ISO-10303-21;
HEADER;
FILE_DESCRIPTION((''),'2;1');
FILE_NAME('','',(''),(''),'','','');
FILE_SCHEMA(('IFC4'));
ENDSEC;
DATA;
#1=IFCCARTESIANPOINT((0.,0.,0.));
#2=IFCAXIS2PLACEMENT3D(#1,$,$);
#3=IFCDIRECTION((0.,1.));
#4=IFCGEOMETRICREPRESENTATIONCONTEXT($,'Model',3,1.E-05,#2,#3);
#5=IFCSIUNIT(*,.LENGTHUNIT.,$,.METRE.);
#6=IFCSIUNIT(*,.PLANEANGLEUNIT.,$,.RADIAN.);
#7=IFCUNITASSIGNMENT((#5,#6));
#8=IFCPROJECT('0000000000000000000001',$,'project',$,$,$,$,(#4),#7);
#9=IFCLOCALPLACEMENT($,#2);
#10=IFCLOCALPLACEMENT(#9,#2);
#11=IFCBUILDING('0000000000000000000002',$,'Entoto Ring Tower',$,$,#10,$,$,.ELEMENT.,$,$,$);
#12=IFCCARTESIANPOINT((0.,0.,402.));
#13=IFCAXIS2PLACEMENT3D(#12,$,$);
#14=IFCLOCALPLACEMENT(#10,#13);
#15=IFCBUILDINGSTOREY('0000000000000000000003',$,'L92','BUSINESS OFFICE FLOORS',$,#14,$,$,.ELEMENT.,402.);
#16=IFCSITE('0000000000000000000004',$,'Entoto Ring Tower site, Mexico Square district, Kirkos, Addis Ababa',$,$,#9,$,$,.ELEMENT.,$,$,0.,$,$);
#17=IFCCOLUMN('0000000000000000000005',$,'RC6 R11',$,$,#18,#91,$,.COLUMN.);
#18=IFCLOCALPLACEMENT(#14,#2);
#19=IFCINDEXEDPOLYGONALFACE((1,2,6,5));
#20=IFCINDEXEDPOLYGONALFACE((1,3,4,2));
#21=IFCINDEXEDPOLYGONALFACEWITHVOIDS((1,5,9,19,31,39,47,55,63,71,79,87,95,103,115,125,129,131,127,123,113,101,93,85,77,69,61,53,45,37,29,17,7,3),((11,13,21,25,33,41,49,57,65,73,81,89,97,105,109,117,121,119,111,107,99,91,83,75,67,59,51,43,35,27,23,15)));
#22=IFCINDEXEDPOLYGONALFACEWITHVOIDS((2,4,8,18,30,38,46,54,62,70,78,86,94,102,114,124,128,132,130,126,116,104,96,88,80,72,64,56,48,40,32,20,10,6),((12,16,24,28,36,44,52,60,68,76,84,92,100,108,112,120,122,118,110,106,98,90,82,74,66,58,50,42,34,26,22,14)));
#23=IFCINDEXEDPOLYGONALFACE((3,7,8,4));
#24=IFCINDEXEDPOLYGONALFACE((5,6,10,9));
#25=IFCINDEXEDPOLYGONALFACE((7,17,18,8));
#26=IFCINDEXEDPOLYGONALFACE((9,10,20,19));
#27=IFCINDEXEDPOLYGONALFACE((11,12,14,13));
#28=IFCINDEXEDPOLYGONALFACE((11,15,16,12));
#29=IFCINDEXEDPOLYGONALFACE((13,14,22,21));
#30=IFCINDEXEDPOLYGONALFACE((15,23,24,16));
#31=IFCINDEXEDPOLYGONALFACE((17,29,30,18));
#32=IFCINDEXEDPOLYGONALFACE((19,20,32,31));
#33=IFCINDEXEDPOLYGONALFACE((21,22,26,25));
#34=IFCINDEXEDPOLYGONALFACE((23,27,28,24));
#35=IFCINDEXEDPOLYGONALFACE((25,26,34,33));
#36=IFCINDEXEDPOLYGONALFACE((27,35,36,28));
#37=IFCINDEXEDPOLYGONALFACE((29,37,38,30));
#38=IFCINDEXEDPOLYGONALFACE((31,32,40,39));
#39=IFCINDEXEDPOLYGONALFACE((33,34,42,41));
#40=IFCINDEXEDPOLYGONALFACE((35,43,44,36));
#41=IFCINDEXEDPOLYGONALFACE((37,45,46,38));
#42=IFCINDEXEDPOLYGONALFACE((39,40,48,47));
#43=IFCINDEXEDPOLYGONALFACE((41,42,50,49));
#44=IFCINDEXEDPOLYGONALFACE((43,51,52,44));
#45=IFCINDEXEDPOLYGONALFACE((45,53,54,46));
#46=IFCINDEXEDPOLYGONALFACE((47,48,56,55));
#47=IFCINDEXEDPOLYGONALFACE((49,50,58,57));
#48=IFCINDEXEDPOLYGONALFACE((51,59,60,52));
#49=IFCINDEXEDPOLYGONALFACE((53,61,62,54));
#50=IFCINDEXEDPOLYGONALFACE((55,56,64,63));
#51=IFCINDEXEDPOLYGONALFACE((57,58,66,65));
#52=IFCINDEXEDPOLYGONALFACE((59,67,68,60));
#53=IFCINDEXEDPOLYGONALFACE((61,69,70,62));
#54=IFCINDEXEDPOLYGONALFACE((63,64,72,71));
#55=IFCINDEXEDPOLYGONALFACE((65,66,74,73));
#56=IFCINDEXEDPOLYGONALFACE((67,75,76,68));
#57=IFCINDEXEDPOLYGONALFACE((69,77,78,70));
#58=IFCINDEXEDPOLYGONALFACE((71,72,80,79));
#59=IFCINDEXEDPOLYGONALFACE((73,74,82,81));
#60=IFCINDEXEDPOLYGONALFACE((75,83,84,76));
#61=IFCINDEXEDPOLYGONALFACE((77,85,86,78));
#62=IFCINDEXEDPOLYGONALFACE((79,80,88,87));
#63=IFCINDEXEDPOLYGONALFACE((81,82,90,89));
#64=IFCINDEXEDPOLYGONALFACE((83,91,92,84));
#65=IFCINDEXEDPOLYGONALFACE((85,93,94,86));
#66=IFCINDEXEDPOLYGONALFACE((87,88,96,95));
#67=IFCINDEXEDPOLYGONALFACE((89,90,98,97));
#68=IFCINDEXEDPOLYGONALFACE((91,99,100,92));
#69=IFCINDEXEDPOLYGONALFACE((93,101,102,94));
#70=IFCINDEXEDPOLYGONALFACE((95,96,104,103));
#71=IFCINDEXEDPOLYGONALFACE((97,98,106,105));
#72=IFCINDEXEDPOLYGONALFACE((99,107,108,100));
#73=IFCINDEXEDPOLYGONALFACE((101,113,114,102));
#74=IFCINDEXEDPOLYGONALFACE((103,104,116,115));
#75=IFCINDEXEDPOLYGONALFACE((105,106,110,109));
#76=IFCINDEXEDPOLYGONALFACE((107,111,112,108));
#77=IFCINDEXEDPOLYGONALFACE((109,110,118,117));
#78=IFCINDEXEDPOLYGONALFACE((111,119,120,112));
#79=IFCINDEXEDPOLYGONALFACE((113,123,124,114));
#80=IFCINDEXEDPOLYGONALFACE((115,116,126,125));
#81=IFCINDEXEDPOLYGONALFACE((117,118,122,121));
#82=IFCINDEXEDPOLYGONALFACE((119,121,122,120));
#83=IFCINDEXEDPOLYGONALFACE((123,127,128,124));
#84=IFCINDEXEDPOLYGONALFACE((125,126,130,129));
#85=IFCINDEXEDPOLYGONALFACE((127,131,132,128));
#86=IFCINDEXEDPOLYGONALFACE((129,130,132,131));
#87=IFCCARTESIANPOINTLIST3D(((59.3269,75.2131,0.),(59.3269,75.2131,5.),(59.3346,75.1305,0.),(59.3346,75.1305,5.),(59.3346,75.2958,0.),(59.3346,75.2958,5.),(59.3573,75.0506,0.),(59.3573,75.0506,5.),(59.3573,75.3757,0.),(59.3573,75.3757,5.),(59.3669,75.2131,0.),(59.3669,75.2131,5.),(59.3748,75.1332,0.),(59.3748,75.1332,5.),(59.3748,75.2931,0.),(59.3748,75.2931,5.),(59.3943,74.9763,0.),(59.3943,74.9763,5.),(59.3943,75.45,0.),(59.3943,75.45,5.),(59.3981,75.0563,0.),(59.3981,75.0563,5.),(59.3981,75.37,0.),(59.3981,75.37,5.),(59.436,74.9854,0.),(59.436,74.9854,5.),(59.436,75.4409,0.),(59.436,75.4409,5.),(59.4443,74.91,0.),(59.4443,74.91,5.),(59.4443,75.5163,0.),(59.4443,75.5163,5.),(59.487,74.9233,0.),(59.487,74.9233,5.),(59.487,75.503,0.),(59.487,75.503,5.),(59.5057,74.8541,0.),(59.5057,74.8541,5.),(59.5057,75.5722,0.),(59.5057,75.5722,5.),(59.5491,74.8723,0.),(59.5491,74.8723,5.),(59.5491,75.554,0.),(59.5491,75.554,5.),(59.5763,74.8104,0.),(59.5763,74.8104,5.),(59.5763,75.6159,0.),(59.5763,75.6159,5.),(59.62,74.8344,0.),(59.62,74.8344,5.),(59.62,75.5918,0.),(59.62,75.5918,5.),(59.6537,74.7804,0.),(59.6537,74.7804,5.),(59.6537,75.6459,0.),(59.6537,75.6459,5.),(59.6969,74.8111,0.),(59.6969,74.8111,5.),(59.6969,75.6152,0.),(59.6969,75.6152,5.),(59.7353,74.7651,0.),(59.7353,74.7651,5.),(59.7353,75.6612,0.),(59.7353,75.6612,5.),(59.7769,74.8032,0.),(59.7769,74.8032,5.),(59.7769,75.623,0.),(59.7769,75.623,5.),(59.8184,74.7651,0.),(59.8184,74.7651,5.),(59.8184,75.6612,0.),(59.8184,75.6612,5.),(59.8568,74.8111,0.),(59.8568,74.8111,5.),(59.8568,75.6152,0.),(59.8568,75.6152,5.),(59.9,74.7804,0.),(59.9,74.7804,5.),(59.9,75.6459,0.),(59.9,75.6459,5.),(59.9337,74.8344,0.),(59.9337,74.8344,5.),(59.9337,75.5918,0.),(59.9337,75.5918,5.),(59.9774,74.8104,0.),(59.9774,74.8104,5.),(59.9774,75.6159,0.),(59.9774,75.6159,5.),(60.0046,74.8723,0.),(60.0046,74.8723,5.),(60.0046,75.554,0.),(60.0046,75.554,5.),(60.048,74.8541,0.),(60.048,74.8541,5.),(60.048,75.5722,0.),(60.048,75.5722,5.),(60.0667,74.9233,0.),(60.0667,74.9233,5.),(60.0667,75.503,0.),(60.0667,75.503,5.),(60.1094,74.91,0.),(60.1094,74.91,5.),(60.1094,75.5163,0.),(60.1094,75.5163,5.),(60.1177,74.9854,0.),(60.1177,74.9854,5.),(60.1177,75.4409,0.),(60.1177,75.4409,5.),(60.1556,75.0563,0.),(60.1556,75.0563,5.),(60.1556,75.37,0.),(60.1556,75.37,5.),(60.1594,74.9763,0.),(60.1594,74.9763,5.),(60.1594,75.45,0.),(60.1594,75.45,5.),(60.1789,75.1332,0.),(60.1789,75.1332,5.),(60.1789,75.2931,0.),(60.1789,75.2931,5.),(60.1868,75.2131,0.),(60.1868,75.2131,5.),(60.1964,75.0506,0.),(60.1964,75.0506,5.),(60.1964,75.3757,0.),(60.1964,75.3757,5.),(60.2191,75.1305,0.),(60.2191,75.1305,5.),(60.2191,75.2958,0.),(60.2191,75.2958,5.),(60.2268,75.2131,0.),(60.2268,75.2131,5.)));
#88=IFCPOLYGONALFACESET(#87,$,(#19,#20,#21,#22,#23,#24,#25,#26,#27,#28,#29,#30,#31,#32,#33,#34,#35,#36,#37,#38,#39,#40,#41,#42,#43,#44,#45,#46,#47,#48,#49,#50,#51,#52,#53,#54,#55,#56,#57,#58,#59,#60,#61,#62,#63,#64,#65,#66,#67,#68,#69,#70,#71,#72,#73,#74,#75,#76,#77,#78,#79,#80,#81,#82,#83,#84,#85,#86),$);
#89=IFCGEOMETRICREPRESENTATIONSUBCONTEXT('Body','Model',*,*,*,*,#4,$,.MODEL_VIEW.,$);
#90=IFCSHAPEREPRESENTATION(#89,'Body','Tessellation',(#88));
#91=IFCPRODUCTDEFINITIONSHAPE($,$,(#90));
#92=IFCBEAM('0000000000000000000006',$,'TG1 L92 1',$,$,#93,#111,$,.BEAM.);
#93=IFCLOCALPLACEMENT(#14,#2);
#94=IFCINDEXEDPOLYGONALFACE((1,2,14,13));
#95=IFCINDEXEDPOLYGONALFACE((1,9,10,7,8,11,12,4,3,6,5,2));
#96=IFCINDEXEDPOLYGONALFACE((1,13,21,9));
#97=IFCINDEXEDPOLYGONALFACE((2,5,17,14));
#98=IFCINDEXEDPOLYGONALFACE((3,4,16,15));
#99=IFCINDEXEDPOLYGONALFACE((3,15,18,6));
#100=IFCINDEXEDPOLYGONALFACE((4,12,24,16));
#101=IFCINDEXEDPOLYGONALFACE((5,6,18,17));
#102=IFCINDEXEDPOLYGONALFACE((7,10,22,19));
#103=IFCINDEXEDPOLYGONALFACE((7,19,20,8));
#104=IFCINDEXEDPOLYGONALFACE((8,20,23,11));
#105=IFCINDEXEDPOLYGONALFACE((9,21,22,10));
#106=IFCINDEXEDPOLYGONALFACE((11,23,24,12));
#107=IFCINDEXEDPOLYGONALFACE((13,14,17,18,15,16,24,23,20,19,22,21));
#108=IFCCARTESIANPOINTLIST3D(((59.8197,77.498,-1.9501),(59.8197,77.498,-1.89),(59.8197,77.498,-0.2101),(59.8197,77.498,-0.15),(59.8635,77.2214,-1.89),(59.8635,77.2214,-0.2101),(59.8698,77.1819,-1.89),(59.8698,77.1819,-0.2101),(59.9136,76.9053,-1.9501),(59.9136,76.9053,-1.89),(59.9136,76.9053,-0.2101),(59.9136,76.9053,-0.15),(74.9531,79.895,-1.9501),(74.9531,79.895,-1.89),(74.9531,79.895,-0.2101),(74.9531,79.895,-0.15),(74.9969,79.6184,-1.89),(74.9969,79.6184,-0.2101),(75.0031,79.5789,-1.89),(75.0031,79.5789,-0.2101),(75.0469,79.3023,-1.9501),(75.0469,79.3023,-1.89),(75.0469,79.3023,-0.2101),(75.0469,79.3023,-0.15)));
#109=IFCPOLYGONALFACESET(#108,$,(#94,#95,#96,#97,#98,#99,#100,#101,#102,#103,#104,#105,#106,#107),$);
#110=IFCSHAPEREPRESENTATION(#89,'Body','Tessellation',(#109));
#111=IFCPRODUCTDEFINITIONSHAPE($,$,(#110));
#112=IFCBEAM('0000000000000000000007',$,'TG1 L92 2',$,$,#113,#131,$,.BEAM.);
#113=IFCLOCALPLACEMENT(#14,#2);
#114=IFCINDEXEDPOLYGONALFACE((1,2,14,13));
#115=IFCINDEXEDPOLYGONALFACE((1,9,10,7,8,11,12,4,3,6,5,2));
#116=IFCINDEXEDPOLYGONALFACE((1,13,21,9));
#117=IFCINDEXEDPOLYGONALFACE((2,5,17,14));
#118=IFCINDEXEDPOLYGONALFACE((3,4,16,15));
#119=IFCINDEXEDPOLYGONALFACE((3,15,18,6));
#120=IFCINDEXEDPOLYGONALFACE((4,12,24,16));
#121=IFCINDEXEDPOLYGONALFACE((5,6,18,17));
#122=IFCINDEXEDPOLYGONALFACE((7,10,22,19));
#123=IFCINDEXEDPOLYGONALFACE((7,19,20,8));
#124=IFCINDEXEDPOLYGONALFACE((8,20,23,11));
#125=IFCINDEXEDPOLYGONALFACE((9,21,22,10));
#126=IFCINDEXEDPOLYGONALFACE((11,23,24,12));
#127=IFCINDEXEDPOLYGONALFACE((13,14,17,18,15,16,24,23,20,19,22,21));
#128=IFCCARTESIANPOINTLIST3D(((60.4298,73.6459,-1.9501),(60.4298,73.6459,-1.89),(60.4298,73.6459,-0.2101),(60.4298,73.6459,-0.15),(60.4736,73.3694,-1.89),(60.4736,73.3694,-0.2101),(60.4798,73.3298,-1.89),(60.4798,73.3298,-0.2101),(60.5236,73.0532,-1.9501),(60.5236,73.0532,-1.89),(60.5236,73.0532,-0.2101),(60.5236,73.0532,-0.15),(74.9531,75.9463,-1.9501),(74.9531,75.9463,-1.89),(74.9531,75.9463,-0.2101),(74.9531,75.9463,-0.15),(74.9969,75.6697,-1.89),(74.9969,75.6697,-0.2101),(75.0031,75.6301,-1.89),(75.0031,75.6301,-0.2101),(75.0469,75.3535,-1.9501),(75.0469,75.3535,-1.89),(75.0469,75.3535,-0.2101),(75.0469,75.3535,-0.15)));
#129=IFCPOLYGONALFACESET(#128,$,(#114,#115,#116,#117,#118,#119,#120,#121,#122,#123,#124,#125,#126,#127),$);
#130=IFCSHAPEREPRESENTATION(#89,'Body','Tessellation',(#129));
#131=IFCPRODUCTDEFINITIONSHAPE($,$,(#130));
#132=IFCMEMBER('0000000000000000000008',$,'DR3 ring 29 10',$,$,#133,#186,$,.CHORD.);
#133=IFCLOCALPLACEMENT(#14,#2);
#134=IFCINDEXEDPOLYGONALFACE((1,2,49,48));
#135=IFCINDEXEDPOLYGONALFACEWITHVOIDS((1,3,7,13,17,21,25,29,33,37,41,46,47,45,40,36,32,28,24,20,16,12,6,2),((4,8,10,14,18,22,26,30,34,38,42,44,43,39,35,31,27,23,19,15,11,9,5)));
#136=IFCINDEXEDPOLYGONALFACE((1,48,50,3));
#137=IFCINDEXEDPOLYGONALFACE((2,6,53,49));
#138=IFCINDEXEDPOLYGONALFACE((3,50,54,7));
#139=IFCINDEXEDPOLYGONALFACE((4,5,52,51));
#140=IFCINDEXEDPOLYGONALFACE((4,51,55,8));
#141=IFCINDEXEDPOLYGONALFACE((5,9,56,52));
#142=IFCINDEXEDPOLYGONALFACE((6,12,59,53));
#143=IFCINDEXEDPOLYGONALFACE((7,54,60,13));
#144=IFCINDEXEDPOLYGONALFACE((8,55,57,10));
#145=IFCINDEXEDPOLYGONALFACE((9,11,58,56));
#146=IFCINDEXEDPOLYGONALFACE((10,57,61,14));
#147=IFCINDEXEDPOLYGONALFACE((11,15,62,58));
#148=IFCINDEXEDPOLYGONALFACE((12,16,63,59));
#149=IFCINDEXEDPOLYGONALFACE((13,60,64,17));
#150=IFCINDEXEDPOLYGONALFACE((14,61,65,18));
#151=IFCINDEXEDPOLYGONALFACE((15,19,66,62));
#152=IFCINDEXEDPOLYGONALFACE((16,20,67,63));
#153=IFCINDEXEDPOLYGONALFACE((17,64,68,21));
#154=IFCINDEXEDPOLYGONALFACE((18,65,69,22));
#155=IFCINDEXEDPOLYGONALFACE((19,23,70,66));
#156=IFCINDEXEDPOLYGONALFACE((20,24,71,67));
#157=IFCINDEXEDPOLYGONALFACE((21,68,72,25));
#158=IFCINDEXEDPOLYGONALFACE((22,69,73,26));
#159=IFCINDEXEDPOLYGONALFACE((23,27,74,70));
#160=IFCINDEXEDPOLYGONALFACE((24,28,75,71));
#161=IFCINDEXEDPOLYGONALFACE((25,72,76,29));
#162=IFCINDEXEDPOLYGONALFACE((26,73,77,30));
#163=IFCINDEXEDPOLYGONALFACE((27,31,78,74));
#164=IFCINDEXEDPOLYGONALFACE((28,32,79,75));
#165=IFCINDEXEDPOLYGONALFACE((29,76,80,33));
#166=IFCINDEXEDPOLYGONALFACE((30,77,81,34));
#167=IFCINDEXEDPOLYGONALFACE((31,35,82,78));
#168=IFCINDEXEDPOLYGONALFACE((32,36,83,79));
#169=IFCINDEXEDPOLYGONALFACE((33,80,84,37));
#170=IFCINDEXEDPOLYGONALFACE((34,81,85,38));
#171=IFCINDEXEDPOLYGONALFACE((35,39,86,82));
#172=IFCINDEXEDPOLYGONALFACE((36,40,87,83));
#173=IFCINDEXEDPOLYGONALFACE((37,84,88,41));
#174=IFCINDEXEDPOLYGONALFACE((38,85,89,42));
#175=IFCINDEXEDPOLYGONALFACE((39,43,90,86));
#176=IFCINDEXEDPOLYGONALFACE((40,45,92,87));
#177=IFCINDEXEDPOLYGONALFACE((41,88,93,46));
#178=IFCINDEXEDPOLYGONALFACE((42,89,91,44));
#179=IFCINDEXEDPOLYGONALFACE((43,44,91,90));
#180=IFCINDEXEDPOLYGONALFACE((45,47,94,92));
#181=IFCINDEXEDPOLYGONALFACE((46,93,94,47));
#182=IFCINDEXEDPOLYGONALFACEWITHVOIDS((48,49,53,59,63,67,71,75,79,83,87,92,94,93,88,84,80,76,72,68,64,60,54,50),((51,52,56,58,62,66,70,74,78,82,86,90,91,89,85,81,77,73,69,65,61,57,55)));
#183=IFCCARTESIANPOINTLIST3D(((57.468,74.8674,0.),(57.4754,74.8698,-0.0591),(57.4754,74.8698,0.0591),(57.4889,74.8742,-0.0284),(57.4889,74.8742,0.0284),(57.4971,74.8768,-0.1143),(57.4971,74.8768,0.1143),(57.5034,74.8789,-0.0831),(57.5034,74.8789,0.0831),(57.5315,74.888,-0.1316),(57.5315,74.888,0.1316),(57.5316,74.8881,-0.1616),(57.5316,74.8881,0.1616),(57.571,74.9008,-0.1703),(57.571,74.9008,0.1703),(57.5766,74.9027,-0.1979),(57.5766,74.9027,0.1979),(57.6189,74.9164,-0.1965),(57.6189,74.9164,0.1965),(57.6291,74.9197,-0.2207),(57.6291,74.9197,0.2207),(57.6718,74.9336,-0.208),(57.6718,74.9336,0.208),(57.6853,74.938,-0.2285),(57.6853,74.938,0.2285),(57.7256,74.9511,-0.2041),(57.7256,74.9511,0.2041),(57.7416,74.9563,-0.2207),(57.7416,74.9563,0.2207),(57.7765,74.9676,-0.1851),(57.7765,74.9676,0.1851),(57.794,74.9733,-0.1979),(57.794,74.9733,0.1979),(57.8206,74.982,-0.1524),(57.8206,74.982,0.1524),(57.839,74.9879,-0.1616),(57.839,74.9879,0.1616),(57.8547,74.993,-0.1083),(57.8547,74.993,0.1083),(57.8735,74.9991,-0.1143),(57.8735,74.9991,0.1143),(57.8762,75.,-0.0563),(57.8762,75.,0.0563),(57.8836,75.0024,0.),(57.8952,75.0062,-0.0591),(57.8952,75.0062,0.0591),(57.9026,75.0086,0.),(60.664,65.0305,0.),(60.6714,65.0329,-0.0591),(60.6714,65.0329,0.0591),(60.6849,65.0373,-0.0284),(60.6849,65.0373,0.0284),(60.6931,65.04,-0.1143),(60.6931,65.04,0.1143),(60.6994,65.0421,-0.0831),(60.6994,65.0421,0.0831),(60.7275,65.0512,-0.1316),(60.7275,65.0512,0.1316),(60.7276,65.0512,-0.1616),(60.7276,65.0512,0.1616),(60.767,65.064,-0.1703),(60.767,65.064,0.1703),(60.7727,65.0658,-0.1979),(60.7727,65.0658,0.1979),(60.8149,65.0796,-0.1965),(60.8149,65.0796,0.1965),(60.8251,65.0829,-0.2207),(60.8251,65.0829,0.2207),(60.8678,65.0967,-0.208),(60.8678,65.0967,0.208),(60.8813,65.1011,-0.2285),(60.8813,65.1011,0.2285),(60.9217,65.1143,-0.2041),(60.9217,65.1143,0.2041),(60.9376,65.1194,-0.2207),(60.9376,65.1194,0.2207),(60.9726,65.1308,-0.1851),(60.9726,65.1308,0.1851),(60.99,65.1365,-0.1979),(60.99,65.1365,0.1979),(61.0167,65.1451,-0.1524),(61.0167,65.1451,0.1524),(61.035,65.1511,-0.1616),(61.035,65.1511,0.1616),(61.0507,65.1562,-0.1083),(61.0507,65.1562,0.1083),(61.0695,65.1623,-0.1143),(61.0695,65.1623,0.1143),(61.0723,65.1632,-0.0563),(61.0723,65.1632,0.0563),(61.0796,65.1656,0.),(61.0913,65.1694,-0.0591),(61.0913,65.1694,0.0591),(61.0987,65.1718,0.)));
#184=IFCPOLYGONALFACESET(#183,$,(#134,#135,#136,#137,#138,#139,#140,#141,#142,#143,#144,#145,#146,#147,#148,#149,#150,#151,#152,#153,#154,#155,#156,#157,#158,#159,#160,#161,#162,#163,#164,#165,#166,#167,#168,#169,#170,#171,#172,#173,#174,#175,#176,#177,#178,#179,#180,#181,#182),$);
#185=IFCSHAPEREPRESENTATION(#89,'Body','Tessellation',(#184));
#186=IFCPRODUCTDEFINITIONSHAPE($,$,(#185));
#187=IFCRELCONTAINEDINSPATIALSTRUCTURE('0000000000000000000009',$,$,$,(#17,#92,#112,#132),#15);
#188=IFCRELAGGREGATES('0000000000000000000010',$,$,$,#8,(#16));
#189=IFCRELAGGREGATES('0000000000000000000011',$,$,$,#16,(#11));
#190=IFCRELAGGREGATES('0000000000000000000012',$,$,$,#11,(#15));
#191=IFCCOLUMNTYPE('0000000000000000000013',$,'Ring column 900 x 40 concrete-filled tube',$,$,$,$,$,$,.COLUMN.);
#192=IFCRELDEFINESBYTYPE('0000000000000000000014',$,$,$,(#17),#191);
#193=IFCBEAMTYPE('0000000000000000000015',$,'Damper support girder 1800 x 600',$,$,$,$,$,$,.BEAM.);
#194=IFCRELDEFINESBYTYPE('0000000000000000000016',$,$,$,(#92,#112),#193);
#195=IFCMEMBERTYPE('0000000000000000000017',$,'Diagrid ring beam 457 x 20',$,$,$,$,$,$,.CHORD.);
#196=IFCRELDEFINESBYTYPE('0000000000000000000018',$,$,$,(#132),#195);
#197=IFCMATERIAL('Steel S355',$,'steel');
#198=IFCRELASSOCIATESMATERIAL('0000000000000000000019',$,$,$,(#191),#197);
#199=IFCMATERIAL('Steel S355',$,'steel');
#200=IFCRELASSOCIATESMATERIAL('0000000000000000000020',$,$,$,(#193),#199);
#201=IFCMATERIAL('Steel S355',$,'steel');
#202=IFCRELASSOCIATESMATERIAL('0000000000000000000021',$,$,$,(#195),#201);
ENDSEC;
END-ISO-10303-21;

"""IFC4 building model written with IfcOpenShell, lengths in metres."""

from ifc_helpers import new_model, si_unit, direction, frame, origin, origin_2d, place, context, subcontext, project, spatial, circle, hollow_circle, i_section, extrude, material, material_profile, profile_set, type_object, element, save


model = new_model("IFC4")

# Units and contexts
model_context = context("Model", 3, precision=1e-05, world=origin(), true_north=direction((0.0, 1.0)))
body_context = subcontext(model_context, "Body", "Model", "MODEL_VIEW")
ifc_project = project(units=[si_unit("LENGTHUNIT", "METRE"), si_unit("PLANEANGLEUNIT", "RADIAN")], contexts=[model_context])

# Site, building, storey
site_placement = place(None, origin())
site = spatial("IfcSite", under=ifc_project, at=site_placement, Name="Entoto Ring Tower site, Mexico Square district, Kirkos, Addis Ababa", CompositionType="ELEMENT", RefElevation=0.0)
building_placement = place(site_placement, origin())
building = spatial("IfcBuilding", under=site, at=building_placement, Name="Entoto Ring Tower", CompositionType="ELEMENT")
storey_placement = place(building_placement, frame((0.0, 0.0, 402.0)))
storey = spatial("IfcBuildingStorey", under=building, at=storey_placement, Name="L92", Description="BUSINESS OFFICE FLOORS", CompositionType="ELEMENT", Elevation=402.0)

# Column
ifc_material_1 = material(Name="Steel S355", Category="steel")
ifc_material_profile_1 = material_profile(ifc_material_1, hollow_circle(Radius=0.45, WallThickness=0.04, at=origin_2d()), Name="CHS 900 x 40")
ifc_material_2 = material(Name="Concrete C60/75", Category="concrete")
ifc_material_profile_2 = material_profile(ifc_material_2, circle(Radius=0.4099, at=origin_2d()), Name="Concrete C60/75 infill")
ifc_profile_set_1 = profile_set([ifc_material_profile_1, ifc_material_profile_2], Name="Steel S355")
column_type = type_object("IfcColumnType", Name="Ring column 900 x 40 concrete-filled tube", PredefinedType="COLUMN", material=ifc_profile_set_1)
column_placement = place(storey_placement, frame((59.7769, 75.2131, 0.0), z_axis=(0.0, 0.0, 1.0), x_axis=(1.0, 0.0, 0.0)))
element("IfcColumn", 1, at=column_placement, inside=storey, type_object=column_type, Name="RC6 R11", PredefinedType="COLUMN", context=body_context, shape_type="SweptSolid", body=[
    extrude(hollow_circle(Radius=0.45, WallThickness=0.04, at=origin_2d()), origin(), (0.0, 0.0, 1.0), 5.0),
])

# Beams
ifc_material_3 = material(Name="Steel S355", Category="steel")
ifc_material_profile_3 = material_profile(ifc_material_3, i_section(OverallWidth=0.6001, OverallDepth=1.8, WebThickness=0.04, FlangeThickness=0.0601, at=origin_2d()), Name="PG 1800 x 600")
ifc_profile_set_2 = profile_set([ifc_material_profile_3], Name="Steel S355")
beam_type_1 = type_object("IfcBeamType", Name="Damper support girder 1800 x 600", PredefinedType="BEAM", material=ifc_profile_set_2)
beam_1_placement = place(storey_placement, frame((75.0, 79.5986, -1.05), z_axis=(-0.987687, -0.15644, 0.0), x_axis=(0.15644, -0.987687, 0.0)))
element("IfcBeam", 2, at=beam_1_placement, inside=storey, type_object=beam_type_1, Name="TG1 L92 1", PredefinedType="BEAM", context=body_context, shape_type="SweptSolid", body=[
    extrude(i_section(OverallWidth=0.6001, OverallDepth=1.8, WebThickness=0.04, FlangeThickness=0.0601, at=origin_2d()), origin(), (0.0, 0.0, 1.0), 15.322),
])
beam_2_placement = place(storey_placement, frame((75.0, 75.6499, -1.05), z_axis=(-0.987688, -0.156437, 0.0), x_axis=(0.156437, -0.987688, 0.0)))
element("IfcBeam", 3, at=beam_2_placement, inside=storey, type_object=beam_type_1, Name="TG1 L92 2", PredefinedType="BEAM", context=body_context, shape_type="SweptSolid", body=[
    extrude(i_section(OverallWidth=0.6001, OverallDepth=1.8, WebThickness=0.04, FlangeThickness=0.0601, at=origin_2d()), origin(), (0.0, 0.0, 1.0), 14.7043),
])

# Member
ifc_material_4 = material(Name="Steel S355", Category="steel")
ifc_material_profile_4 = material_profile(ifc_material_4, hollow_circle(Radius=0.2285, WallThickness=0.02, at=origin_2d()), Name="CHS 457 x 20")
ifc_material_5 = material(Name="Concrete C60/75", Category="concrete")
ifc_material_profile_5 = material_profile(ifc_material_5, circle(Radius=0.2085, at=origin_2d()), Name="Concrete C60/75 infill")
ifc_profile_set_3 = profile_set([ifc_material_profile_4, ifc_material_profile_5], Name="Steel S355")
member_type = type_object("IfcMemberType", Name="Diagrid ring beam 457 x 20", PredefinedType="CHORD", material=ifc_profile_set_3)
member_placement = place(storey_placement, frame((57.6853, 74.938, 0.0), z_axis=(0.309003, -0.951061, 0.0), x_axis=(0.951061, 0.309003, 0.0)))
element("IfcMember", 4, at=member_placement, inside=storey, type_object=member_type, Name="DR3 ring 29 10", PredefinedType="CHORD", context=body_context, shape_type="SweptSolid", body=[
    extrude(hollow_circle(Radius=0.2285, WallThickness=0.02, at=origin_2d()), origin(), (0.0, 0.0, 1.0), 10.343),
])

save(model, "model.ifc")
